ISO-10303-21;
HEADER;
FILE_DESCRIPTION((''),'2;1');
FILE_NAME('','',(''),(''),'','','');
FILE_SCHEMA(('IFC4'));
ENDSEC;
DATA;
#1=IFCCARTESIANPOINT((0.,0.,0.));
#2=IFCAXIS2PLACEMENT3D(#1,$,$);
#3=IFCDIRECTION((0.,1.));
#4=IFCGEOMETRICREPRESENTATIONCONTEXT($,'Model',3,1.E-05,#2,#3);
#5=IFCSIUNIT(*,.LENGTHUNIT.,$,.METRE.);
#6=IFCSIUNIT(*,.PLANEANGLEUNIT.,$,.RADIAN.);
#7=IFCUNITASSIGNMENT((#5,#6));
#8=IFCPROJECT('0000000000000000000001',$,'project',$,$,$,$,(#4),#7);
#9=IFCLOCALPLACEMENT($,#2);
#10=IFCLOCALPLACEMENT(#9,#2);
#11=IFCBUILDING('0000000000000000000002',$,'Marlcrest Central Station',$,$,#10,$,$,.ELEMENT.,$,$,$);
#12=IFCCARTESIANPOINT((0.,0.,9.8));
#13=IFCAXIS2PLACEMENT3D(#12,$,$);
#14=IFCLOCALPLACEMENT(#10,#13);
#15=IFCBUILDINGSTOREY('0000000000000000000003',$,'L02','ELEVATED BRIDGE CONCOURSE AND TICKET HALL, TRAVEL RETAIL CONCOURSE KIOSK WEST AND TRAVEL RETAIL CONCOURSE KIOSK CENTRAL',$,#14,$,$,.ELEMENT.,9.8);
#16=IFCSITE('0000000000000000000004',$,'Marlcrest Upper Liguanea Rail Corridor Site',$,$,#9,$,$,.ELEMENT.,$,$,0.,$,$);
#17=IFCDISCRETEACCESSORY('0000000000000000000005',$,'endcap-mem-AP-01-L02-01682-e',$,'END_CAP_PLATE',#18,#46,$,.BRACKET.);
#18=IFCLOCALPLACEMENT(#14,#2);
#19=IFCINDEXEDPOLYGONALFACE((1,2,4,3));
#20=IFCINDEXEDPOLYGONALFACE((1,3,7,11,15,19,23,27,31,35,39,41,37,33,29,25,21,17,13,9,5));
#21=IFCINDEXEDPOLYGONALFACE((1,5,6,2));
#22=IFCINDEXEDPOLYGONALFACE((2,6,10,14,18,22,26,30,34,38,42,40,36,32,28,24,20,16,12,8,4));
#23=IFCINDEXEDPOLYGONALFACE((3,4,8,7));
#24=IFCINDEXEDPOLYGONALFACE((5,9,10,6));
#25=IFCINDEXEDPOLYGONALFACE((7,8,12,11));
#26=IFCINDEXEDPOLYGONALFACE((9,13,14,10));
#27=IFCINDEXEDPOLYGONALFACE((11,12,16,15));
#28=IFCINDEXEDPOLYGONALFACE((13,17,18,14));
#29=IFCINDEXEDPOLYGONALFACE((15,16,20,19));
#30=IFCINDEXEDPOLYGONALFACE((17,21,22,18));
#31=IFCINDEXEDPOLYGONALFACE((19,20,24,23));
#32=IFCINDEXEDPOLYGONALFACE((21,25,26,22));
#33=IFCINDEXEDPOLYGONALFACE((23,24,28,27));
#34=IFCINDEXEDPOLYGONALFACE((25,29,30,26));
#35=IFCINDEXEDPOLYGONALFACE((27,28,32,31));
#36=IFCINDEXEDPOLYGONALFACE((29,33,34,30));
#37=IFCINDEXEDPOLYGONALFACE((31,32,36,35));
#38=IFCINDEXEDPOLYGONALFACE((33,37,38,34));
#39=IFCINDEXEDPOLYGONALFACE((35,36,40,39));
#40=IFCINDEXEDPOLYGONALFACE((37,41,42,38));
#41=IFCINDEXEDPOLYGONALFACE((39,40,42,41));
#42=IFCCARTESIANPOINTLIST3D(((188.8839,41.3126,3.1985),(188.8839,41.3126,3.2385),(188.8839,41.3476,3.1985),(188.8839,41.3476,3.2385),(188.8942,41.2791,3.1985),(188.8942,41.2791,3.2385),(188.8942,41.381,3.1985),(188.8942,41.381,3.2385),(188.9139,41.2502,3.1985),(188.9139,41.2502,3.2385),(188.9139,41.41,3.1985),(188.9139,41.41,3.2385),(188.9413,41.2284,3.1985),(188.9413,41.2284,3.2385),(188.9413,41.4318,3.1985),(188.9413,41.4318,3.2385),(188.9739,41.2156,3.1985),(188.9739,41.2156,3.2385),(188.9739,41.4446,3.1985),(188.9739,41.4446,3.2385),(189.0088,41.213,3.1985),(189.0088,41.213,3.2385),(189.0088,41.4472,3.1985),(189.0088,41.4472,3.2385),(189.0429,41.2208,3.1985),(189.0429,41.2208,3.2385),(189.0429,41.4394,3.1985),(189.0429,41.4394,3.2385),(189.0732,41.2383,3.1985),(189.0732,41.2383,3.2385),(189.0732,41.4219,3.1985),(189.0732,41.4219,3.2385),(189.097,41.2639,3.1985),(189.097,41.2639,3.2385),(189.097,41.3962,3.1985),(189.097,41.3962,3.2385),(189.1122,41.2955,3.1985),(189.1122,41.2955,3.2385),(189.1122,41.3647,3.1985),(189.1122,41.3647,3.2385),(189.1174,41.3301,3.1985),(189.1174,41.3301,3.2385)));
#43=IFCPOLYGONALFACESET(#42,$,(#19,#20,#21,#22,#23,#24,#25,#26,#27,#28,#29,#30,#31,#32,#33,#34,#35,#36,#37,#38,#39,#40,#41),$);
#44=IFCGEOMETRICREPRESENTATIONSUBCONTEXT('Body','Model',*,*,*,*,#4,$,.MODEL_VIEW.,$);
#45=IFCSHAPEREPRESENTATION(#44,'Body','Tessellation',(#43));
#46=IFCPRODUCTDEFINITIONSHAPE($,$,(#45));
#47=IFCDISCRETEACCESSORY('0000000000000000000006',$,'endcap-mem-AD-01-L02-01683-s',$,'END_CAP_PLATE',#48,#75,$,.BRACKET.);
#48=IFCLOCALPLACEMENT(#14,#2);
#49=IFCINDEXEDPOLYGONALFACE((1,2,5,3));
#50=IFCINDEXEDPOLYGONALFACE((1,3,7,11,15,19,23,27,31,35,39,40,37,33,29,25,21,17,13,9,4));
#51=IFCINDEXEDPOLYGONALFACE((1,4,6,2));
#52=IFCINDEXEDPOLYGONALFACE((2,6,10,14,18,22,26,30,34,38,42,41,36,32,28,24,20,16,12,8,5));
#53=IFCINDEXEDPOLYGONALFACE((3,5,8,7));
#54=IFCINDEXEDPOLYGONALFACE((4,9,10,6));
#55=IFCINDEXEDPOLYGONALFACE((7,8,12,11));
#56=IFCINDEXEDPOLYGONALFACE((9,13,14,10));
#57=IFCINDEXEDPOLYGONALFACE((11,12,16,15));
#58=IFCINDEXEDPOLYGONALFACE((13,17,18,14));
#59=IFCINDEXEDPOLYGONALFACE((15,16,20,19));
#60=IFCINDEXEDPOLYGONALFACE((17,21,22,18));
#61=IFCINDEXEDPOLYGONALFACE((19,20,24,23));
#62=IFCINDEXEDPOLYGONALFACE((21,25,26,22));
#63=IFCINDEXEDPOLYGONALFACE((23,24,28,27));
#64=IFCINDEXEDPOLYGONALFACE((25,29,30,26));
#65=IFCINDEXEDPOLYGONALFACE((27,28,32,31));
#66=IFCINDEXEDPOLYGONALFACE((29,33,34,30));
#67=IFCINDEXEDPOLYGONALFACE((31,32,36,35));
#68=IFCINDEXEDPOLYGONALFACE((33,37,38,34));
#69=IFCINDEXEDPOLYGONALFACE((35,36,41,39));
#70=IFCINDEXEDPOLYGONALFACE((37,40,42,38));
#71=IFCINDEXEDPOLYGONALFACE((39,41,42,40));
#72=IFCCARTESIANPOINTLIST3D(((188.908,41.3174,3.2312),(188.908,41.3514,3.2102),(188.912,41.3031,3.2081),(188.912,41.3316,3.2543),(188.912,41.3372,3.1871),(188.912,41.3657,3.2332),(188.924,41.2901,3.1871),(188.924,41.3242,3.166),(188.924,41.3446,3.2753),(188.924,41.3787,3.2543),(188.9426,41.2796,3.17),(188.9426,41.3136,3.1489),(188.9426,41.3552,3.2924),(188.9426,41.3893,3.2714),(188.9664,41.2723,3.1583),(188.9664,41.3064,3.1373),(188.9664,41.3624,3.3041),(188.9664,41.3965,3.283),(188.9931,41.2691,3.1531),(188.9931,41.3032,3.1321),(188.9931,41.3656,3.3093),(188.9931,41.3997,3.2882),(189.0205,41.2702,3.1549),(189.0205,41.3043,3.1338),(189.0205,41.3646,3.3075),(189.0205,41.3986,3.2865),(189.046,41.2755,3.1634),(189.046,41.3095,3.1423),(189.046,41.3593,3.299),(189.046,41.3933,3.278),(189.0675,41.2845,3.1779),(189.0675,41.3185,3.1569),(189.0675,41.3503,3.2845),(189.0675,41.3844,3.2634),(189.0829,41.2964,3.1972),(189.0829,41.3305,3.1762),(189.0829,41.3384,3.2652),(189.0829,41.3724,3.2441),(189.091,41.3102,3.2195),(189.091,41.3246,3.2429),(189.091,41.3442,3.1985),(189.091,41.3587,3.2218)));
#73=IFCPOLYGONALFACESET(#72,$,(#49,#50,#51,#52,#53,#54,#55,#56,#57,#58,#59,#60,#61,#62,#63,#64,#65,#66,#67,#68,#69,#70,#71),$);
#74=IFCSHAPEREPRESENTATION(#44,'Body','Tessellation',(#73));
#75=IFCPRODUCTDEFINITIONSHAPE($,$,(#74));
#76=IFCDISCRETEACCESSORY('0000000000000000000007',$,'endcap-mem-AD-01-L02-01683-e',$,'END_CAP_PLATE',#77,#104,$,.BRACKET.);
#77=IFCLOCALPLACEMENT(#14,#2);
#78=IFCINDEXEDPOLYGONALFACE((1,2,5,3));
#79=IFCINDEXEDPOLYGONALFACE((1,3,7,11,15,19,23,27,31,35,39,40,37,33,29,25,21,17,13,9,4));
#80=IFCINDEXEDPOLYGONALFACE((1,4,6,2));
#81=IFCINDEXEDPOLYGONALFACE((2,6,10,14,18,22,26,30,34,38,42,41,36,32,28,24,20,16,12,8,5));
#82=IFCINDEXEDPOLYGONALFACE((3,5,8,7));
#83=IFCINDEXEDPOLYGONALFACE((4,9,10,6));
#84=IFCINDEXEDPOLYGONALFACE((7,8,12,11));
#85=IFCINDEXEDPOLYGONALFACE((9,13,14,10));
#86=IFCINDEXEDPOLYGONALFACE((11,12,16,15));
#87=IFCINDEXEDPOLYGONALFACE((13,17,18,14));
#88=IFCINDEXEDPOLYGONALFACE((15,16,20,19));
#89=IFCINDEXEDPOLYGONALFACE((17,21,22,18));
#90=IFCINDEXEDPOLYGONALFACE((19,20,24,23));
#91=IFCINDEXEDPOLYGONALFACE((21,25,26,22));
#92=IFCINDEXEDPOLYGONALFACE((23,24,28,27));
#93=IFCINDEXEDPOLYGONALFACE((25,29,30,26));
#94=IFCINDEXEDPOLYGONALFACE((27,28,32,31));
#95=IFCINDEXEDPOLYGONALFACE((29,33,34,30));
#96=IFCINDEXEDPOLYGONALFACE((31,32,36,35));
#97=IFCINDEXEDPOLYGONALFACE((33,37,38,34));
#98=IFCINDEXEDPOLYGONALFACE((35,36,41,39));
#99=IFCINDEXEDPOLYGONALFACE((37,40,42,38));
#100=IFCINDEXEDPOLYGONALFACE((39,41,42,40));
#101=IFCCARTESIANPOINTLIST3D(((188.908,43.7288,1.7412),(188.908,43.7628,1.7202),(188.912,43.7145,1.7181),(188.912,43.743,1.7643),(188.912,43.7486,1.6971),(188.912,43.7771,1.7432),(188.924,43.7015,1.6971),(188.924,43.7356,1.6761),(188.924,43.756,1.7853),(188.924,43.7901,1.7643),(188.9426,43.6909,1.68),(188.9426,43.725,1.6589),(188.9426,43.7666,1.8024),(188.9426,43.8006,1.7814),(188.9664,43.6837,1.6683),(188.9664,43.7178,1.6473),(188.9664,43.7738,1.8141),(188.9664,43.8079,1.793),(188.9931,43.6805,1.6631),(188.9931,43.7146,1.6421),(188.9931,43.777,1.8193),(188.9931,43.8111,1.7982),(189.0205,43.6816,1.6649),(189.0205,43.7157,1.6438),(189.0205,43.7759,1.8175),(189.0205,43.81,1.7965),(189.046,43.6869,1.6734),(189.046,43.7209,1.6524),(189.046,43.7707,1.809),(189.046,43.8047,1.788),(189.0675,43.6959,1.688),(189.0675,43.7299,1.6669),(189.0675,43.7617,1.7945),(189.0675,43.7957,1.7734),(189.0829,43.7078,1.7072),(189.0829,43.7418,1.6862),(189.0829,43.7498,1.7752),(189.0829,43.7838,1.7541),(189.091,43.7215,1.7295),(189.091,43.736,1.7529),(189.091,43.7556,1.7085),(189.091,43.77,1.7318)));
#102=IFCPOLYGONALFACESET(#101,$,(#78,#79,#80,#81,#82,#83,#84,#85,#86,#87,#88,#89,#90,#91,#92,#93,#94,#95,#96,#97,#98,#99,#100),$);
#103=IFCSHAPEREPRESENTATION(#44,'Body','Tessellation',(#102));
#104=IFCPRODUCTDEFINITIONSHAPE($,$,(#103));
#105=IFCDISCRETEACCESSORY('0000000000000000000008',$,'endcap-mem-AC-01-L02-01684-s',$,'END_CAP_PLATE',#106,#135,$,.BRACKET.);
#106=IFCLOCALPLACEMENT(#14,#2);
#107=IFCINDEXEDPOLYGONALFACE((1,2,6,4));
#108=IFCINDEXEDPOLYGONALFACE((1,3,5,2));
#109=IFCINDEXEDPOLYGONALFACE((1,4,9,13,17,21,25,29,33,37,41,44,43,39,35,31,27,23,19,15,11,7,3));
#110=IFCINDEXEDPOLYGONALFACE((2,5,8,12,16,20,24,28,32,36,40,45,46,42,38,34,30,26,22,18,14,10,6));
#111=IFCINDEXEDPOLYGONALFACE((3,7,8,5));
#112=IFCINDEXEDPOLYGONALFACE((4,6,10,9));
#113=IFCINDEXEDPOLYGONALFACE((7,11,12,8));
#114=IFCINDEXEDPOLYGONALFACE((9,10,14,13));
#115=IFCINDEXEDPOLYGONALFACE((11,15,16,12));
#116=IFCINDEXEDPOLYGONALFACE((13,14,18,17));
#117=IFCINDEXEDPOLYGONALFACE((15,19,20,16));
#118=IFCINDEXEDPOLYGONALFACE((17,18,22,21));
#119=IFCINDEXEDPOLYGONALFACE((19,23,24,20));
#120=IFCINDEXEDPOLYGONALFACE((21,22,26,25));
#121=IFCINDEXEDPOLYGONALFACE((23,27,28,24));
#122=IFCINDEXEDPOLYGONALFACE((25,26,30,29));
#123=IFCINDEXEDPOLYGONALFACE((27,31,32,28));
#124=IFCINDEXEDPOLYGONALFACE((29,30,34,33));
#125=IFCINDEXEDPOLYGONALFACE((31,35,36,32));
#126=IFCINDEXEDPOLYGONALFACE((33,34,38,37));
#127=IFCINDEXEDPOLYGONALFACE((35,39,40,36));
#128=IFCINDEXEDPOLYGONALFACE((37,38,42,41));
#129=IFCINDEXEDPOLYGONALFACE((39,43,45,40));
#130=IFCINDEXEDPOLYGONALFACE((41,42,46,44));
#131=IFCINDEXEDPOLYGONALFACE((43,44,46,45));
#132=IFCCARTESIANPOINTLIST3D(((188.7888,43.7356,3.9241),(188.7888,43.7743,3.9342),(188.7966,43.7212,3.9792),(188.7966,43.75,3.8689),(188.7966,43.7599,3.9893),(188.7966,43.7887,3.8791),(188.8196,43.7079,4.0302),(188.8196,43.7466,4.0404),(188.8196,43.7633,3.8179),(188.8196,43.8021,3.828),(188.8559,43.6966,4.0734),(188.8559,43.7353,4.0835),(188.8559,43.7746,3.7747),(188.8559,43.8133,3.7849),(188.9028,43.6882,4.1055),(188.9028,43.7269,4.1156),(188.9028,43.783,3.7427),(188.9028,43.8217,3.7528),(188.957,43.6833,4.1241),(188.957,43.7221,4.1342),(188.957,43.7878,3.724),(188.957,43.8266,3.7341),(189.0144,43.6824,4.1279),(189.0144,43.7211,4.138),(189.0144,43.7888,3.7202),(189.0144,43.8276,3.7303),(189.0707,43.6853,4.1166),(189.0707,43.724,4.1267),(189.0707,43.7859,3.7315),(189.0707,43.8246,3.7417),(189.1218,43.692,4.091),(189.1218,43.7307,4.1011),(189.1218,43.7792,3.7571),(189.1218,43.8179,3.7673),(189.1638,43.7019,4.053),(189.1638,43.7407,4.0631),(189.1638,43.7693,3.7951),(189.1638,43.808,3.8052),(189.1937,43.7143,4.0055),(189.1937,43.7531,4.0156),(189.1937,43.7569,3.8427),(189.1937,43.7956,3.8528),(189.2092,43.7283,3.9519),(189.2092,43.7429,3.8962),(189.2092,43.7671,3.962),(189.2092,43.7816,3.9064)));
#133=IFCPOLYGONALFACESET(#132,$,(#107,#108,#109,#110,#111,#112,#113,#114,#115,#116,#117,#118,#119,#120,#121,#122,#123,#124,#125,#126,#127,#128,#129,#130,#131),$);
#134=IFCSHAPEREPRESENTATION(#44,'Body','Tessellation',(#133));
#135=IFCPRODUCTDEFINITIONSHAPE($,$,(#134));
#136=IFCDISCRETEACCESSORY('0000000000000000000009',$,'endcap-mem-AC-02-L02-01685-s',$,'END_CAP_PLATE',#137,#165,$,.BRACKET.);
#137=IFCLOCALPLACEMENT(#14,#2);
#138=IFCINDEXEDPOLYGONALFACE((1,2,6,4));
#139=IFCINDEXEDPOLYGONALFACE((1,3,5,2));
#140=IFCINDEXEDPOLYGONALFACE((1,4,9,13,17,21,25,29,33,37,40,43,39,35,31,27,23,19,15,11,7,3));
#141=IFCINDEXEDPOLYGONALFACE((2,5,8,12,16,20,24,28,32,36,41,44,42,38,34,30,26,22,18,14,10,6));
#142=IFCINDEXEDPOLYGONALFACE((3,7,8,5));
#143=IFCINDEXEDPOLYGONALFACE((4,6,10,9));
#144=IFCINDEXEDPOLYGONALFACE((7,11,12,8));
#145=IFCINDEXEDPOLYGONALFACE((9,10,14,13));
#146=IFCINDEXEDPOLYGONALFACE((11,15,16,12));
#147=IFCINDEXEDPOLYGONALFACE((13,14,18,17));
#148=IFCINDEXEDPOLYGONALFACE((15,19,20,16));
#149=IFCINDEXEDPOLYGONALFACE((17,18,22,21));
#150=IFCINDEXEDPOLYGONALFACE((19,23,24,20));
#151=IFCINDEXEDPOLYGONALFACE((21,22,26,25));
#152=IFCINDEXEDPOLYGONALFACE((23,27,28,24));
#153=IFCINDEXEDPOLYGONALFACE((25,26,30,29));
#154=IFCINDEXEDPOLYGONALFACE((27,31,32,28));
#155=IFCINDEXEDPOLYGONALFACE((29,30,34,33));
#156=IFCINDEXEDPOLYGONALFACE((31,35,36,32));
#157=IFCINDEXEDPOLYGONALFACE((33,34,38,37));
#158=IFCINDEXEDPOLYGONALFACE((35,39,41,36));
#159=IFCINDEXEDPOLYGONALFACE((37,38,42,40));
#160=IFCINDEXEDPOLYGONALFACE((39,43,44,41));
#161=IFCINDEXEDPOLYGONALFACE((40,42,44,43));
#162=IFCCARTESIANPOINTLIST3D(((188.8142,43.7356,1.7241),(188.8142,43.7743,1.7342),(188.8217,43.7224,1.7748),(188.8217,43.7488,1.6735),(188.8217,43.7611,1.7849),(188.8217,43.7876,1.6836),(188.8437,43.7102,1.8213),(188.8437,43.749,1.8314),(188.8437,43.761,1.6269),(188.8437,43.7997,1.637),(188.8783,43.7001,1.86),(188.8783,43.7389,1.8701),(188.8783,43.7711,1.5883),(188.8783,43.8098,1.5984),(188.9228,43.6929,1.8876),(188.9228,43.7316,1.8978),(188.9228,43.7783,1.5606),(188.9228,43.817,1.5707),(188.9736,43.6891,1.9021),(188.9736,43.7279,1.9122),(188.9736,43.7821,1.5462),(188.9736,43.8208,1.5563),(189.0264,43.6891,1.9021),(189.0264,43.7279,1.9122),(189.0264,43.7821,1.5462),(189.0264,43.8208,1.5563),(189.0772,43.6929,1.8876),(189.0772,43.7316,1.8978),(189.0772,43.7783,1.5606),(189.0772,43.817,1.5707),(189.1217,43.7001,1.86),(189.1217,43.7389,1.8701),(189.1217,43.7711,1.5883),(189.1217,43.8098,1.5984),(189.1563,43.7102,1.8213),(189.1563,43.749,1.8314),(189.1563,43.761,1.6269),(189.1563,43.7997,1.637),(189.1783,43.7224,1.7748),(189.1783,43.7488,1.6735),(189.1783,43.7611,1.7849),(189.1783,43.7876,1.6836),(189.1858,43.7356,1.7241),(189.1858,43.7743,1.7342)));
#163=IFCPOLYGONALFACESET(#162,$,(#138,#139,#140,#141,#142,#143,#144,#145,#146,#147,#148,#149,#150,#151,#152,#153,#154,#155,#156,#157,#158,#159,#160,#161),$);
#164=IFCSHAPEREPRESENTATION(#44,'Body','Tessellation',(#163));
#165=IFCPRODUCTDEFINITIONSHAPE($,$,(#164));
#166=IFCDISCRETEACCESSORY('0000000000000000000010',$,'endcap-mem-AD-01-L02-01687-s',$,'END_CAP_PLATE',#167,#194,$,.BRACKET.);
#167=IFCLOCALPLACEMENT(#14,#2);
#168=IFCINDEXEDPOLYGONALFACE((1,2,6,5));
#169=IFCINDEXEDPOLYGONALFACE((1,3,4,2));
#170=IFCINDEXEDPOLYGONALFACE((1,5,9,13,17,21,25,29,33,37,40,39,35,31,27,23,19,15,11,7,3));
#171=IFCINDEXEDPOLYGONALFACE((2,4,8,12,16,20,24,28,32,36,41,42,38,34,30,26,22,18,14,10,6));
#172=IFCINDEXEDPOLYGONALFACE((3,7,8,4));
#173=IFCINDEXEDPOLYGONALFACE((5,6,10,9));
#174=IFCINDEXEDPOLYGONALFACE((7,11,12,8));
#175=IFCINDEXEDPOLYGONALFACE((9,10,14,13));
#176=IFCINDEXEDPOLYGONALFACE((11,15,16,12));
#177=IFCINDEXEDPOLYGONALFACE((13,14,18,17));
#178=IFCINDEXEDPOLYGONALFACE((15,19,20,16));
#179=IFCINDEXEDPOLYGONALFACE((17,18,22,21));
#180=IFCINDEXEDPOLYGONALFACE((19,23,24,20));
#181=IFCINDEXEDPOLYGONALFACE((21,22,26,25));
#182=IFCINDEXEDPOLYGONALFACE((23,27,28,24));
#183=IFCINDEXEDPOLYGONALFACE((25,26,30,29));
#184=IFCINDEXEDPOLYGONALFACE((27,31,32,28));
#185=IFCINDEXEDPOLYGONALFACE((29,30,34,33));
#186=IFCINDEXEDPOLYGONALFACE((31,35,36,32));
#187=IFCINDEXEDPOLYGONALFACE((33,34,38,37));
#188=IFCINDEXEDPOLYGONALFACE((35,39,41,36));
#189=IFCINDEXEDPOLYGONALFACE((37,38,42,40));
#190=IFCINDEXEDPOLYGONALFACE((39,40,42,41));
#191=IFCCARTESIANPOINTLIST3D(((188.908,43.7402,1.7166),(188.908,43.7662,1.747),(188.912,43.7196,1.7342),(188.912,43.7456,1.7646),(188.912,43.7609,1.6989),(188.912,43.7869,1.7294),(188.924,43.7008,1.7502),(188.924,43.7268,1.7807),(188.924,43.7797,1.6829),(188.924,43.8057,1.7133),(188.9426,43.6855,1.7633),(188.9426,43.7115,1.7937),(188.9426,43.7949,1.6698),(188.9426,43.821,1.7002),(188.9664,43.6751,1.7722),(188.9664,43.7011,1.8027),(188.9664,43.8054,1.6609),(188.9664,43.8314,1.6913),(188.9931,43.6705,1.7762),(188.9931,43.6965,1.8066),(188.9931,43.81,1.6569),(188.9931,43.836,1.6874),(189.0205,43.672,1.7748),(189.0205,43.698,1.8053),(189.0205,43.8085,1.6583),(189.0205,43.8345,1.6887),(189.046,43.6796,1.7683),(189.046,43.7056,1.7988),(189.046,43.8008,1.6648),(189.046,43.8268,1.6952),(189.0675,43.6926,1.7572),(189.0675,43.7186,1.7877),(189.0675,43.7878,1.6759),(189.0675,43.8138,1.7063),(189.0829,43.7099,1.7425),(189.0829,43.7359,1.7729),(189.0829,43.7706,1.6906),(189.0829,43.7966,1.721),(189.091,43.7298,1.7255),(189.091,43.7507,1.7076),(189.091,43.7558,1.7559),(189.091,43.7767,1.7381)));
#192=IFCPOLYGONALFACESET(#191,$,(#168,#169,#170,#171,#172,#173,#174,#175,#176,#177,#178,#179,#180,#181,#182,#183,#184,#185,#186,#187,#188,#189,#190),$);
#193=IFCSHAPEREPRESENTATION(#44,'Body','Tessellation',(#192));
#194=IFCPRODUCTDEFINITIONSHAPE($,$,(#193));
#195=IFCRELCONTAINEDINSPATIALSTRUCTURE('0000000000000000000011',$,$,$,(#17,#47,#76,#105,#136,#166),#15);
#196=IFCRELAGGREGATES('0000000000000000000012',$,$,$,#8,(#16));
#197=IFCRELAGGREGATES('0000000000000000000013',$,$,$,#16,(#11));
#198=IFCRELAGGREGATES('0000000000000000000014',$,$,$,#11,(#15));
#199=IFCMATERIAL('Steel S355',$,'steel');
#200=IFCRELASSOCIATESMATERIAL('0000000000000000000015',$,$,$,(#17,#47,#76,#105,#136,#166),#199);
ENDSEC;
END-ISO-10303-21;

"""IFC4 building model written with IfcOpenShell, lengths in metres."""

from ifc_helpers import new_model, si_unit, direction, frame, origin, origin_2d, place, context, subcontext, project, spatial, circle, extrude, material, element, save


model = new_model("IFC4")

# Units and contexts
model_context = context("Model", 3, precision=1e-05, world=origin(), true_north=direction((0.0, 1.0)))
body_context = subcontext(model_context, "Body", "Model", "MODEL_VIEW")
ifc_project = project(units=[si_unit("LENGTHUNIT", "METRE"), si_unit("PLANEANGLEUNIT", "RADIAN")], contexts=[model_context])

# Site, building, storey
site_placement = place(None, origin())
site = spatial("IfcSite", under=ifc_project, at=site_placement, Name="Marlcrest Upper Liguanea Rail Corridor Site", CompositionType="ELEMENT", RefElevation=0.0)
building_placement = place(site_placement, origin())
building = spatial("IfcBuilding", under=site, at=building_placement, Name="Marlcrest Central Station", CompositionType="ELEMENT")
storey_placement = place(building_placement, frame((0.0, 0.0, 9.8)))
storey = spatial("IfcBuildingStorey", under=building, at=storey_placement, Name="L02", Description="ELEVATED BRIDGE CONCOURSE AND TICKET HALL, TRAVEL RETAIL CONCOURSE KIOSK WEST AND TRAVEL RETAIL CONCOURSE KIOSK CENTRAL", CompositionType="ELEMENT", Elevation=9.8)

# Shared definitions
ifc_material_1 = material(Name="Steel S355", Category="steel")

# Discrete accessories
for number, where, z_axis, x_axis, name in (
    (1, (189.0, 41.3301, 3.1985), (0.0, 0.0, 1.0), (1.0, 0.0, 0.0), "endcap-mem-AP-01-L02-01682-e"),
):
    element("IfcDiscreteAccessory", number, at=place(storey_placement, frame(where, z_axis=z_axis, x_axis=x_axis)), inside=storey, material=ifc_material_1, Name=name, ObjectType="END_CAP_PLATE", PredefinedType="BRACKET", context=body_context, shape_type="SweptSolid", body=[
        extrude(circle(Radius=0.1174, at=origin_2d()), origin(), (0.0, 0.0, 1.0), 0.04),
    ])
for number, where, z_axis, x_axis, name in (
    (2, (189.0, 41.3174, 3.2312), (0.0, 0.850687, -0.525672), (-1.0, 0.0, 0.0), "endcap-mem-AD-01-L02-01683-s"),
    (3, (189.0, 43.7288, 1.7412), (0.0, 0.850687, -0.525672), (-1.0, 0.0, 0.0), "endcap-mem-AD-01-L02-01683-e"),
):
    element("IfcDiscreteAccessory", number, at=place(storey_placement, frame(where, z_axis=z_axis, x_axis=x_axis)), inside=storey, material=ifc_material_1, Name=name, ObjectType="END_CAP_PLATE", PredefinedType="BRACKET", context=body_context, shape_type="SweptSolid", body=[
        extrude(circle(Radius=0.092, at=origin_2d()), origin(), (0.0, 0.0, 1.0), 0.04),
    ])
discrete_accessory_1_placement = place(storey_placement, frame((189.0, 43.7356, 3.9241), z_axis=(0.0, 0.967539, 0.25272), x_axis=(-1.0, 0.0, 0.0)))
element("IfcDiscreteAccessory", 4, at=discrete_accessory_1_placement, inside=storey, material=ifc_material_1, Name="endcap-mem-AC-01-L02-01684-s", ObjectType="END_CAP_PLATE", PredefinedType="BRACKET", context=body_context, shape_type="SweptSolid", body=[
    extrude(circle(Radius=0.2112, at=origin_2d()), origin(), (0.0, 0.0, 1.0), 0.04),
])
discrete_accessory_2_placement = place(storey_placement, frame((189.0, 43.7356, 1.7241), z_axis=(0.0, 0.967563, 0.252629), x_axis=(-1.0, 0.0, 0.0)))
element("IfcDiscreteAccessory", 5, at=discrete_accessory_2_placement, inside=storey, material=ifc_material_1, Name="endcap-mem-AC-02-L02-01685-s", ObjectType="END_CAP_PLATE", PredefinedType="BRACKET", context=body_context, shape_type="SweptSolid", body=[
    extrude(circle(Radius=0.1858, at=origin_2d()), origin(), (0.0, 0.0, 1.0), 0.04),
])
discrete_accessory_3_placement = place(storey_placement, frame((189.0, 43.7402, 1.7166), z_axis=(0.0, 0.649625, 0.760255), x_axis=(-1.0, 0.0, 0.0)))
element("IfcDiscreteAccessory", 6, at=discrete_accessory_3_placement, inside=storey, material=ifc_material_1, Name="endcap-mem-AD-01-L02-01687-s", ObjectType="END_CAP_PLATE", PredefinedType="BRACKET", context=body_context, shape_type="SweptSolid", body=[
    extrude(circle(Radius=0.092, at=origin_2d()), origin(), (0.0, 0.0, 1.0), 0.04),
])

save(model, "model.ifc")
